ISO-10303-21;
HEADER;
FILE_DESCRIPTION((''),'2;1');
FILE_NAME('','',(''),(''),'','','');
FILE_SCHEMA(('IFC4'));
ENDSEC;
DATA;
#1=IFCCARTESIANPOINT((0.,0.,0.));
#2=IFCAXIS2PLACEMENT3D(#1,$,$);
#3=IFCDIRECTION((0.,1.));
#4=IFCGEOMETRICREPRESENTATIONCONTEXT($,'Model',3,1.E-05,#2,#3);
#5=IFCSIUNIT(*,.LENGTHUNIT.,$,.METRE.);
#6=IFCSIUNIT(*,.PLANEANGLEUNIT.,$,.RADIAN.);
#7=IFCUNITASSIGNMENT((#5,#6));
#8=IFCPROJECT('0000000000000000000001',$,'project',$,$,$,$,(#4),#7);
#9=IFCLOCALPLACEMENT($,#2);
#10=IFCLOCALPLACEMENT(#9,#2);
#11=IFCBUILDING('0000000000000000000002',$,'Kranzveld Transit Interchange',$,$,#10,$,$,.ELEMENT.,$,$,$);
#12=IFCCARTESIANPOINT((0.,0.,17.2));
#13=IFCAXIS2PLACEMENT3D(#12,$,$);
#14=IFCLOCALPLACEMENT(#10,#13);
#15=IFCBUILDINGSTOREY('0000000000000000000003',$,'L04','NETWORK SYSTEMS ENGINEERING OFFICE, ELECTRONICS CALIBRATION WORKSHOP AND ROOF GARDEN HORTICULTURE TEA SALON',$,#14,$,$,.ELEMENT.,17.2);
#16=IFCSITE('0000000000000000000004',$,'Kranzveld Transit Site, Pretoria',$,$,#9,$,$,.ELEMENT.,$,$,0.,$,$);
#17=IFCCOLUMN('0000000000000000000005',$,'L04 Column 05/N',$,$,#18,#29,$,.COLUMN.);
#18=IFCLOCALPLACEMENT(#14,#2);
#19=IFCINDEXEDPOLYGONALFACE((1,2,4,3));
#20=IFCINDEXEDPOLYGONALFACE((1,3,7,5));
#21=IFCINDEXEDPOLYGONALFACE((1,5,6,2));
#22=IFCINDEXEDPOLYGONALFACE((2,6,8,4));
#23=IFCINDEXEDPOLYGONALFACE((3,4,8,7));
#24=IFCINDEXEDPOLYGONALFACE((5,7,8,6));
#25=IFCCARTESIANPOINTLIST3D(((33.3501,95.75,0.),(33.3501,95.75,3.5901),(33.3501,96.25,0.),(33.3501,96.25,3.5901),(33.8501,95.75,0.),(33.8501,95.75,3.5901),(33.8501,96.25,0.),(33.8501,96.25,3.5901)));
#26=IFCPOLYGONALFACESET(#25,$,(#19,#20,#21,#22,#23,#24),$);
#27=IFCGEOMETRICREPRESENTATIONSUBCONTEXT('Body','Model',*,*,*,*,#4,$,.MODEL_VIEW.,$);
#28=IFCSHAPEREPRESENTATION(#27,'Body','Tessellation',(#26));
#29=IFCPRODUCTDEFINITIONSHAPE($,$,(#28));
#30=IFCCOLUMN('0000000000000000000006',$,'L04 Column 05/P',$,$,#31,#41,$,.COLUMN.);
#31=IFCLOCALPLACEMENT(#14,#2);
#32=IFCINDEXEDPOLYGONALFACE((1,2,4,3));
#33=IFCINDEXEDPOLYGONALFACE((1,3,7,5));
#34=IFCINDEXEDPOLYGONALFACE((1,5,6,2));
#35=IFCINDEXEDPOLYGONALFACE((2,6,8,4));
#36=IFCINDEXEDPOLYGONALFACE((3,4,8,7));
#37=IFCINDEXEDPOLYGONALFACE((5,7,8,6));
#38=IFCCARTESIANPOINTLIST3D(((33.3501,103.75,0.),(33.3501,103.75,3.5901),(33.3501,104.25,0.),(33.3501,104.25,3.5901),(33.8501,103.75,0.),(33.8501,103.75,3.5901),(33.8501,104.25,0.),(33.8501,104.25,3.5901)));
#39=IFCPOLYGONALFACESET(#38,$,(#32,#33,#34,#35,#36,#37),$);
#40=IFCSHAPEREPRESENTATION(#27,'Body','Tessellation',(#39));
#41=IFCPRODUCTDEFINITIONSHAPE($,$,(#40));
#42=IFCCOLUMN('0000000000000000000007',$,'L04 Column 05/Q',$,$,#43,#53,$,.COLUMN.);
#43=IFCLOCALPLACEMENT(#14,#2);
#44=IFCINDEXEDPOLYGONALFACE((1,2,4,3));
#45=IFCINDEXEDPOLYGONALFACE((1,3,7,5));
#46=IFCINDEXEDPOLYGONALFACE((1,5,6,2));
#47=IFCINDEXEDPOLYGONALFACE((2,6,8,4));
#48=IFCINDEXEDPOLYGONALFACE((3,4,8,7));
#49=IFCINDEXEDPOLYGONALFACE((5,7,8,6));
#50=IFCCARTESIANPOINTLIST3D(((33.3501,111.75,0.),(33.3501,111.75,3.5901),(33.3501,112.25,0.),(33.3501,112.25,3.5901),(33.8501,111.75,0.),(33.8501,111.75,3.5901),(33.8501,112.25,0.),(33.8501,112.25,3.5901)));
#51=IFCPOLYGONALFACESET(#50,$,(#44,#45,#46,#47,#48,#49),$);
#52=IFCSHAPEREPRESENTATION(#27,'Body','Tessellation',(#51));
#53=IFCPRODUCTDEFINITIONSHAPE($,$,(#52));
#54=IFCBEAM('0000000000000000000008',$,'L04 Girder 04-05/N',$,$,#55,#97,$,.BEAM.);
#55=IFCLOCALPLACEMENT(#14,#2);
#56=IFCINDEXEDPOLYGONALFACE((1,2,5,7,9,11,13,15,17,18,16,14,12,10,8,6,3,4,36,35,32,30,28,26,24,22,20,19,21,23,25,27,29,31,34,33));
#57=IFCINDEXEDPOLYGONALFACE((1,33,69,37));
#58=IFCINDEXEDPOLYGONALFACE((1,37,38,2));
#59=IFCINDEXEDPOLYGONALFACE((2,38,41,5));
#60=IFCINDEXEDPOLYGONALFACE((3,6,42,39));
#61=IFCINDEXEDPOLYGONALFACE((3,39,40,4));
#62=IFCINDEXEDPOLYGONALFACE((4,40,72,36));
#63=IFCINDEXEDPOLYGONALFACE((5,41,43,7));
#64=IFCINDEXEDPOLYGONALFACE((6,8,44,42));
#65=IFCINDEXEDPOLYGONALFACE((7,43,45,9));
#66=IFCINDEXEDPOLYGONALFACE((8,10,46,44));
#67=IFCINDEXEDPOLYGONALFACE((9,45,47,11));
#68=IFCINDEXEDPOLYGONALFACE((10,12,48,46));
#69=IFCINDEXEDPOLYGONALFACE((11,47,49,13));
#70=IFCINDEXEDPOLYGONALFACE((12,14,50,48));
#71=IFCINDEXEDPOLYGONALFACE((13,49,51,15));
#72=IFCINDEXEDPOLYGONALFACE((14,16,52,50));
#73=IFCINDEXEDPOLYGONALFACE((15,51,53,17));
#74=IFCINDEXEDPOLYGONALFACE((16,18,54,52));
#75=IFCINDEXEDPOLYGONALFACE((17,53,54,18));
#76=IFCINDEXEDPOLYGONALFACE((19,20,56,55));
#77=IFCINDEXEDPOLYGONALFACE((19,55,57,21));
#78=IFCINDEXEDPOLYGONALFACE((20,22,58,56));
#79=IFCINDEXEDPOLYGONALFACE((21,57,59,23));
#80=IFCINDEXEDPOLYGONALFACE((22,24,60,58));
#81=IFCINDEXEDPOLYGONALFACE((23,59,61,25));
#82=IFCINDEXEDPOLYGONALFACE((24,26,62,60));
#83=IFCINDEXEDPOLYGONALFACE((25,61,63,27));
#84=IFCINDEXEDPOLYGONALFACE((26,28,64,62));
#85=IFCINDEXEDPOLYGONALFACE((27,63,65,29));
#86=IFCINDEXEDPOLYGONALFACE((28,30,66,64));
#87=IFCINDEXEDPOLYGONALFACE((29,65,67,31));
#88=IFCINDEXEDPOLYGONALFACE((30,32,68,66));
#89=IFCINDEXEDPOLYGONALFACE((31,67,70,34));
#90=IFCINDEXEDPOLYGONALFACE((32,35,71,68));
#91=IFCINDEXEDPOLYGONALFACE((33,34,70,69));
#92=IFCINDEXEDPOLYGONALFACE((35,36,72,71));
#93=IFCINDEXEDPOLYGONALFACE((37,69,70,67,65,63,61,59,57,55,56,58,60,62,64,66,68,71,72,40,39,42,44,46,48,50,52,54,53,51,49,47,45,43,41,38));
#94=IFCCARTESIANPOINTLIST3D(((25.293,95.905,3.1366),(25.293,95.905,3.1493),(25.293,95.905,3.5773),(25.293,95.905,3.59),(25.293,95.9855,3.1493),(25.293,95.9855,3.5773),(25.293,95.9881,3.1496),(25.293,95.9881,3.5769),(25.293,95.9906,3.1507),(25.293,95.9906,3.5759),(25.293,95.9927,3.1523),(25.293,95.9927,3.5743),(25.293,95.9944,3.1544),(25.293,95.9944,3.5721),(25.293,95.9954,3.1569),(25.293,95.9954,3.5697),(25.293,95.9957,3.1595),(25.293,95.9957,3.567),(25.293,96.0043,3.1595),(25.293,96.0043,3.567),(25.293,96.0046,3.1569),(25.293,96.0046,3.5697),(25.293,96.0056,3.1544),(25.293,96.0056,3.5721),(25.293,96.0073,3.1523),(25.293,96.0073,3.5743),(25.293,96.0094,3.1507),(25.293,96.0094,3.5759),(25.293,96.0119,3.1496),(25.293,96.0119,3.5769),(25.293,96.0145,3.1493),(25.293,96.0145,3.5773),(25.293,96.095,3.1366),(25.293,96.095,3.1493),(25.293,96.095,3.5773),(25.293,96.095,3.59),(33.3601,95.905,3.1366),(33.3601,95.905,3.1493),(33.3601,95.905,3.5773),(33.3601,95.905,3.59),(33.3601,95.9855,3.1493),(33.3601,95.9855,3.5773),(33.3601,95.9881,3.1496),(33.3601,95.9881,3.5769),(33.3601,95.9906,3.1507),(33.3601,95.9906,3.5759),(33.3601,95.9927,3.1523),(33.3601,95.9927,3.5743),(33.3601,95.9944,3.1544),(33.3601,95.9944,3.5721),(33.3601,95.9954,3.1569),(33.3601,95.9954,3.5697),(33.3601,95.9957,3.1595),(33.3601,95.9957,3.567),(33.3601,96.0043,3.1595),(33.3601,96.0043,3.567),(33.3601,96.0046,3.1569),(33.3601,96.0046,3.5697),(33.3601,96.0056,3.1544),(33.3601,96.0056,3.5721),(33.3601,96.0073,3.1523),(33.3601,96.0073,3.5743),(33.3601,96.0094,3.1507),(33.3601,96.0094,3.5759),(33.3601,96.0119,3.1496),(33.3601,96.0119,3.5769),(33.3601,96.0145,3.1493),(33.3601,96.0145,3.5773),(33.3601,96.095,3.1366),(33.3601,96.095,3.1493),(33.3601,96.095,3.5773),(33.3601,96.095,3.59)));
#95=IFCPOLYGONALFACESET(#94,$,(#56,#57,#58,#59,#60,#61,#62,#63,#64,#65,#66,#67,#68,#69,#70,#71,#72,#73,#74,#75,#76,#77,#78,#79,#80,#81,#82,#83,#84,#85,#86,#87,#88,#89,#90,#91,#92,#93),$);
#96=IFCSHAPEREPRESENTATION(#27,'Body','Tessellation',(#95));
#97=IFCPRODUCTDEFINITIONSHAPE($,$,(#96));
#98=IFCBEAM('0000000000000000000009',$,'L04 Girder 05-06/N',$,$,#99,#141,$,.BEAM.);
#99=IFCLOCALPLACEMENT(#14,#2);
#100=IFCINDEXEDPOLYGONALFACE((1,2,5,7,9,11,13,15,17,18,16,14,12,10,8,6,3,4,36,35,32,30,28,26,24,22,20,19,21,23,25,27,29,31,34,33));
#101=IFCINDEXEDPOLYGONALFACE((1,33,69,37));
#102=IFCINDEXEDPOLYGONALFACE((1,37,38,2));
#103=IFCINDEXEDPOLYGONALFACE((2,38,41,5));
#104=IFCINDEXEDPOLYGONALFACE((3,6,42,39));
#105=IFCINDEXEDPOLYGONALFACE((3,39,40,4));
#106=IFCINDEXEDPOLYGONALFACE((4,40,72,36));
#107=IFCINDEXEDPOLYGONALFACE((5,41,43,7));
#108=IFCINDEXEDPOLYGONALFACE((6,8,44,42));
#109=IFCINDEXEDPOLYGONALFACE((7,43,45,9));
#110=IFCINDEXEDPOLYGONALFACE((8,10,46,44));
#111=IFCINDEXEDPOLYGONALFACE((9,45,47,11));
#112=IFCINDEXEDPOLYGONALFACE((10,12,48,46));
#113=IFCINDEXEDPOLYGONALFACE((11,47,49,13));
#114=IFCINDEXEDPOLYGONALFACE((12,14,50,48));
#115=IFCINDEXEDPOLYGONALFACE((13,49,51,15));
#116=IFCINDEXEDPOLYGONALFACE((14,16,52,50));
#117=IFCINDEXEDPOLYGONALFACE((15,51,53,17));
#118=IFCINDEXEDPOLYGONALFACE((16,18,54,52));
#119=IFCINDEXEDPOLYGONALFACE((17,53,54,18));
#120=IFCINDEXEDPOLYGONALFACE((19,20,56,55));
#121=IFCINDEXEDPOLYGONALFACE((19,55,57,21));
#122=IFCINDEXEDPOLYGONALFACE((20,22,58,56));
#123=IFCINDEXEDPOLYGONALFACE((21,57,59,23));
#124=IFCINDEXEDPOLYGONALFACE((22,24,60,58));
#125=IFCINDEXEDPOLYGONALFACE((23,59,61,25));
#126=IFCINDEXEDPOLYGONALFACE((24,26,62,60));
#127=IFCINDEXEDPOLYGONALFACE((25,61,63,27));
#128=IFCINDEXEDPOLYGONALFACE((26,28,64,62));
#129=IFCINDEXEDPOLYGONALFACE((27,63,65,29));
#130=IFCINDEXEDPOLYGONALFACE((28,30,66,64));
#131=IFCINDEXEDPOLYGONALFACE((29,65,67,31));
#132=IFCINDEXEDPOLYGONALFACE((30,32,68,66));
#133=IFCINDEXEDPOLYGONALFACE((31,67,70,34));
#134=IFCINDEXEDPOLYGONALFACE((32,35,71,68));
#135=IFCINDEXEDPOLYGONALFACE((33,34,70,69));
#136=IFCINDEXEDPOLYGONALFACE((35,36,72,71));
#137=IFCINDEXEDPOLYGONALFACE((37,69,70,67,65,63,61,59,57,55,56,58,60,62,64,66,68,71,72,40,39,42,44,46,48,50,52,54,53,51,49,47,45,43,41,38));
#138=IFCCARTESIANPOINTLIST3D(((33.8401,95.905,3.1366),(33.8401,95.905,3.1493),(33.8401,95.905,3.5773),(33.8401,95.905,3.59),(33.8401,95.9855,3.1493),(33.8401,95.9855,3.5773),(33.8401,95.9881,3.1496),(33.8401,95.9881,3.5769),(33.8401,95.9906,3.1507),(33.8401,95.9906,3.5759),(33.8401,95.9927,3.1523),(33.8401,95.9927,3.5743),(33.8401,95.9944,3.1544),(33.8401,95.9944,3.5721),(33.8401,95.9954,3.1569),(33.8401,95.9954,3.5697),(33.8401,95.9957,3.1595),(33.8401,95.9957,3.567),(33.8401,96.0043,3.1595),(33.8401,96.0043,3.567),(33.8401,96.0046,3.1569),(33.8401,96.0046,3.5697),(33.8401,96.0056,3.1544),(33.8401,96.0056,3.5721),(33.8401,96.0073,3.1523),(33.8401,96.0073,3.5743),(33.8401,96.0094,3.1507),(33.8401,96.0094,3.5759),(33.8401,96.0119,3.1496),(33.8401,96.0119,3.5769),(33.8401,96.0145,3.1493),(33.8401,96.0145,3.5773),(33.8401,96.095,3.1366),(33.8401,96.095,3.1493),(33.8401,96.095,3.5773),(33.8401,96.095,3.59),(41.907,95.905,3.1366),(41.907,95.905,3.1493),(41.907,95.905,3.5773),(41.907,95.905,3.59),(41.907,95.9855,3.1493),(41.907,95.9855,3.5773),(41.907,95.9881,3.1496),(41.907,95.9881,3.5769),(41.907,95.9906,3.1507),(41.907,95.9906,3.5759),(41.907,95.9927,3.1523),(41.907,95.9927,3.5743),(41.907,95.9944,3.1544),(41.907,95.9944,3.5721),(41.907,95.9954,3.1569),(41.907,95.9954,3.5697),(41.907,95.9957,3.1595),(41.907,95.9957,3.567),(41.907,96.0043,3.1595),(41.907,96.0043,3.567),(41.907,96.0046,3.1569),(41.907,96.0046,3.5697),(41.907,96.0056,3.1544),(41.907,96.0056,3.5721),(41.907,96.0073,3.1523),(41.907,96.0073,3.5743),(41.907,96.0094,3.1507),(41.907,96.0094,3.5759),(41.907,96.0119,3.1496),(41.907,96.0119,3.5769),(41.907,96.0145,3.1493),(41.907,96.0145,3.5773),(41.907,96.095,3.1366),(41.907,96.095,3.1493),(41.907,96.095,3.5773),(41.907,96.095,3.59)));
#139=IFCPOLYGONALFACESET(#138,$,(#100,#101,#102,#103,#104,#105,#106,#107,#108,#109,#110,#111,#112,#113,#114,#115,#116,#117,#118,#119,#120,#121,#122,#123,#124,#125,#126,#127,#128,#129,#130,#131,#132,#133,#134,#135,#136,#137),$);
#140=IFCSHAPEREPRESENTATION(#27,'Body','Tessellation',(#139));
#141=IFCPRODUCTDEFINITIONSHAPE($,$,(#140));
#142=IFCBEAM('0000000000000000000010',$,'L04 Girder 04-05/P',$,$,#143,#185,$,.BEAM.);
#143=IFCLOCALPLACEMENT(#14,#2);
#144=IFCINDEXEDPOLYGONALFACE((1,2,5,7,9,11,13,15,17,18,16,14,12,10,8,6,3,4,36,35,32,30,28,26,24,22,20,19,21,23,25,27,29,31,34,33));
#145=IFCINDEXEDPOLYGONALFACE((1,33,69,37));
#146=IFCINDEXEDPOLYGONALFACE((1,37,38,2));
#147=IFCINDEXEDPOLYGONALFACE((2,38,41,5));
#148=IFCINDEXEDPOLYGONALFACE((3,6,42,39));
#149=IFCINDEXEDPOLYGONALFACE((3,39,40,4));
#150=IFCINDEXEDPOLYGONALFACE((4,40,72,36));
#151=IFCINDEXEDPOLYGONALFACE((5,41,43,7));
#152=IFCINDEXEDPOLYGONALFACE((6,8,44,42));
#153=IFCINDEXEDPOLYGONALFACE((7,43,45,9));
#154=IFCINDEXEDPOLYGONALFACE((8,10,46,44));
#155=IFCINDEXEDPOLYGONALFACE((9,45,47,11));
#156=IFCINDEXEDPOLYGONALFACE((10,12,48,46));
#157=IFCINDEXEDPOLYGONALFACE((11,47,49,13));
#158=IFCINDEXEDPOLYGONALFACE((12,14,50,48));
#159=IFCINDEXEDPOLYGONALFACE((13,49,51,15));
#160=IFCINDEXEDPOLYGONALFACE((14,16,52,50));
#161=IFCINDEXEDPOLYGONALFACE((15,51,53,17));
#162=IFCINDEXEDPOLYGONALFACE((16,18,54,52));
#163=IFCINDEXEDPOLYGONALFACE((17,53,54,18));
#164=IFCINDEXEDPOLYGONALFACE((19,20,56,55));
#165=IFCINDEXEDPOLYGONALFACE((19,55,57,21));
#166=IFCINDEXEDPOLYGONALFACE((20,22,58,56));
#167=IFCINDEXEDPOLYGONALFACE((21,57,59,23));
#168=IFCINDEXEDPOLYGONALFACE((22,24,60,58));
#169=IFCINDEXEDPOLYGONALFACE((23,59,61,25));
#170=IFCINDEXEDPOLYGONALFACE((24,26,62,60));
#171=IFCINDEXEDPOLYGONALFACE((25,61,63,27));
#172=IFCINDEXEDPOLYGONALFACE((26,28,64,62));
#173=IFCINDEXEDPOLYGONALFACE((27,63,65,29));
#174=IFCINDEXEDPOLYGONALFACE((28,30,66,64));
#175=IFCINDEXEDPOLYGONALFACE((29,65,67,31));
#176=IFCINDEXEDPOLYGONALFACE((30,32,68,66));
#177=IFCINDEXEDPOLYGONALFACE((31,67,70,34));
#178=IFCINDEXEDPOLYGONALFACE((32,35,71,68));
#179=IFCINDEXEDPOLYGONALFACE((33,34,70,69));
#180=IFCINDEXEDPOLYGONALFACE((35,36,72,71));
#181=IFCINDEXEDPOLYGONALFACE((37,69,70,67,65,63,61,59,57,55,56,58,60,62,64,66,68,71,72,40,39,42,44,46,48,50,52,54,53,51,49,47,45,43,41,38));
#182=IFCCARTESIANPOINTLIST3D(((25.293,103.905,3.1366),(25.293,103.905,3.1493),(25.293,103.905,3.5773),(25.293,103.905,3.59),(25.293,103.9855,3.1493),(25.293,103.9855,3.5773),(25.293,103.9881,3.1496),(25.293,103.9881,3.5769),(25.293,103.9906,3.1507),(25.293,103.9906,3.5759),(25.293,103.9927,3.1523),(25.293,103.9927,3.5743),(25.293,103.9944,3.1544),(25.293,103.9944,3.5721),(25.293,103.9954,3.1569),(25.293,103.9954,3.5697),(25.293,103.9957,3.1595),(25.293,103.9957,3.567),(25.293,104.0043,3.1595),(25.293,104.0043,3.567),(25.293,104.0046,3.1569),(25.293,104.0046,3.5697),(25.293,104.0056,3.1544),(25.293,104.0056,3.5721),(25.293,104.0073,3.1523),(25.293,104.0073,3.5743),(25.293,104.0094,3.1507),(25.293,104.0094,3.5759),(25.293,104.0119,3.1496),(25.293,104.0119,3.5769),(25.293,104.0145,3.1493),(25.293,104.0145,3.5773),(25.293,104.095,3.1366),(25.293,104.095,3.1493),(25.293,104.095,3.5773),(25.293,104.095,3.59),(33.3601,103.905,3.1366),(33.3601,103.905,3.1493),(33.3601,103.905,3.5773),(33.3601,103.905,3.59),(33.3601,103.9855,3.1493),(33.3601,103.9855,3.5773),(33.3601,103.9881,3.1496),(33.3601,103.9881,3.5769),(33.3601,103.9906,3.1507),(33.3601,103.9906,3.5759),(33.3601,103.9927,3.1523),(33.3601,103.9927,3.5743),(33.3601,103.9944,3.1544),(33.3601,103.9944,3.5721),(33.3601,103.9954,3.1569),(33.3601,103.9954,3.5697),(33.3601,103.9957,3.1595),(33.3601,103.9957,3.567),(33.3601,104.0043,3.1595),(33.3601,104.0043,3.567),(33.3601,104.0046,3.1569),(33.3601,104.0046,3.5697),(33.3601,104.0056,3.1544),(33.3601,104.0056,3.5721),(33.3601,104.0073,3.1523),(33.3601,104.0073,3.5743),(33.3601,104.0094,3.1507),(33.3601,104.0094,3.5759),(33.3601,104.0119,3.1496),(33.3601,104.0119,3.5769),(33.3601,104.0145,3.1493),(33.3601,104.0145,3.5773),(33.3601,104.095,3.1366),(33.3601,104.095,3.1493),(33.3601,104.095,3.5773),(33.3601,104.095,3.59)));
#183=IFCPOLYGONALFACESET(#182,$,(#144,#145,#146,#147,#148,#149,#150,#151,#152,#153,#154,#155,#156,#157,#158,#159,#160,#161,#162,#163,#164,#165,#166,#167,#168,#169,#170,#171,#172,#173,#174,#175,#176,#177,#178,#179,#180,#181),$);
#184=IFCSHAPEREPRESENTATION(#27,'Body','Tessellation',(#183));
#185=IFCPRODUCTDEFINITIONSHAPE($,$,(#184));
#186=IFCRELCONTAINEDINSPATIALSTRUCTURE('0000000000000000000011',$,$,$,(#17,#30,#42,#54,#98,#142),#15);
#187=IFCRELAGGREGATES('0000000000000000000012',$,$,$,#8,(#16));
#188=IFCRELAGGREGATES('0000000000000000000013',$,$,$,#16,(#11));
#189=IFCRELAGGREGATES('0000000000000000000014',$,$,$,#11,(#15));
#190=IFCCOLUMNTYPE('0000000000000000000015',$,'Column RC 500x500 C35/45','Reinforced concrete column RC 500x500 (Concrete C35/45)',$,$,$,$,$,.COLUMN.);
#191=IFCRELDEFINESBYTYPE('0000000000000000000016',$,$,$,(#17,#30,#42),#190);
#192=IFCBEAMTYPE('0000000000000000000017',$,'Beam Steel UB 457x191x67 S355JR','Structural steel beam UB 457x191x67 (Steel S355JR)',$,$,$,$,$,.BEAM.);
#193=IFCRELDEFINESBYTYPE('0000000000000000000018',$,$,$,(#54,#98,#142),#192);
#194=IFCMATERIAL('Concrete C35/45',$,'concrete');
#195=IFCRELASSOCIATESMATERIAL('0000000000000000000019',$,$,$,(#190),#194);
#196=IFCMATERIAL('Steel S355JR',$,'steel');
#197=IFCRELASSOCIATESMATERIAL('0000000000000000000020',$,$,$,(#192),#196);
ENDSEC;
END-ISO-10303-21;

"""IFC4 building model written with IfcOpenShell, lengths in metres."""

from ifc_helpers import new_model, si_unit, direction, frame, origin, origin_2d, place, context, subcontext, project, spatial, rectangle, i_section, extrude, material, material_profile, profile_set, type_object, element, save


model = new_model("IFC4")

# Units and contexts
model_context = context("Model", 3, precision=1e-05, world=origin(), true_north=direction((0.0, 1.0)))
body_context = subcontext(model_context, "Body", "Model", "MODEL_VIEW")
ifc_project = project(units=[si_unit("LENGTHUNIT", "METRE"), si_unit("PLANEANGLEUNIT", "RADIAN")], contexts=[model_context])

# Site, building, storey
site_placement = place(None, origin())
site = spatial("IfcSite", under=ifc_project, at=site_placement, Name="Kranzveld Transit Site, Pretoria", CompositionType="ELEMENT", RefElevation=0.0)
building_placement = place(site_placement, origin())
building = spatial("IfcBuilding", under=site, at=building_placement, Name="Kranzveld Transit Interchange", CompositionType="ELEMENT")
storey_placement = place(building_placement, frame((0.0, 0.0, 17.2)))
storey = spatial("IfcBuildingStorey", under=building, at=storey_placement, Name="L04", Description="NETWORK SYSTEMS ENGINEERING OFFICE, ELECTRONICS CALIBRATION WORKSHOP AND ROOF GARDEN HORTICULTURE TEA SALON", CompositionType="ELEMENT", Elevation=17.2)

# Columns
ifc_material_1 = material(Name="Concrete C35/45", Category="concrete")
ifc_material_profile_1 = material_profile(ifc_material_1, rectangle(XDim=0.5, YDim=0.5, at=origin_2d()), Name="RC 500x500")
ifc_profile_set_1 = profile_set([ifc_material_profile_1], Name="Concrete C35/45")
column_type = type_object("IfcColumnType", Name="Column RC 500x500 C35/45", Description="Reinforced concrete column RC 500x500 (Concrete C35/45)", PredefinedType="COLUMN", material=ifc_profile_set_1)
for number, where, z_axis, x_axis, name in (
    (1, (33.6001, 96.0, 0.0), (0.0, 0.0, 1.0), (1.0, 0.0, 0.0), "L04 Column 05/N"),
    (2, (33.6001, 104.0, 0.0), (0.0, 0.0, 1.0), (1.0, 0.0, 0.0), "L04 Column 05/P"),
    (3, (33.6001, 112.0, 0.0), (0.0, 0.0, 1.0), (1.0, 0.0, 0.0), "L04 Column 05/Q"),
):
    element("IfcColumn", number, at=place(storey_placement, frame(where, z_axis=z_axis, x_axis=x_axis)), inside=storey, type_object=column_type, Name=name, PredefinedType="COLUMN", context=body_context, shape_type="SweptSolid", body=[
        extrude(rectangle(XDim=0.5, YDim=0.5, at=origin_2d()), origin(), (0.0, 0.0, 1.0), 3.5901),
    ])

# Beams
ifc_material_2 = material(Name="Steel S355JR", Category="steel")
ifc_material_profile_2 = material_profile(ifc_material_2, i_section(OverallWidth=0.1899, OverallDepth=0.4534, WebThickness=0.0085, FlangeThickness=0.0127, FilletRadius=0.0103, at=origin_2d()), Name="UB 457x191x67")
ifc_profile_set_2 = profile_set([ifc_material_profile_2], Name="Steel S355JR")
beam_type_1 = type_object("IfcBeamType", Name="Beam Steel UB 457x191x67 S355JR", Description="Structural steel beam UB 457x191x67 (Steel S355JR)", PredefinedType="BEAM", material=ifc_profile_set_2)
beam_1_placement = place(storey_placement, frame((25.293, 96.0, 3.3633), z_axis=(1.0, 0.0, 0.0), x_axis=(0.0, 1.0, 0.0)))
element("IfcBeam", 4, at=beam_1_placement, inside=storey, type_object=beam_type_1, Name="L04 Girder 04-05/N", PredefinedType="BEAM", context=body_context, shape_type="SweptSolid", body=[
    extrude(i_section(OverallWidth=0.1899, OverallDepth=0.4534, WebThickness=0.0085, FlangeThickness=0.0127, FilletRadius=0.0103, at=origin_2d()), origin(), (0.0, 0.0, 1.0), 8.0671),
])
beam_2_placement = place(storey_placement, frame((33.8401, 96.0, 3.3633), z_axis=(1.0, 0.0, 0.0), x_axis=(0.0, 1.0, 0.0)))
element("IfcBeam", 5, at=beam_2_placement, inside=storey, type_object=beam_type_1, Name="L04 Girder 05-06/N", PredefinedType="BEAM", context=body_context, shape_type="SweptSolid", body=[
    extrude(i_section(OverallWidth=0.1899, OverallDepth=0.4534, WebThickness=0.0085, FlangeThickness=0.0127, FilletRadius=0.0103, at=origin_2d()), origin(), (0.0, 0.0, 1.0), 8.0669),
])
beam_3_placement = place(storey_placement, frame((25.293, 104.0, 3.3633), z_axis=(1.0, 0.0, 0.0), x_axis=(0.0, 1.0, 0.0)))
element("IfcBeam", 6, at=beam_3_placement, inside=storey, type_object=beam_type_1, Name="L04 Girder 04-05/P", PredefinedType="BEAM", context=body_context, shape_type="SweptSolid", body=[
    extrude(i_section(OverallWidth=0.1899, OverallDepth=0.4534, WebThickness=0.0085, FlangeThickness=0.0127, FilletRadius=0.0103, at=origin_2d()), origin(), (0.0, 0.0, 1.0), 8.0671),
])

save(model, "model.ifc")
